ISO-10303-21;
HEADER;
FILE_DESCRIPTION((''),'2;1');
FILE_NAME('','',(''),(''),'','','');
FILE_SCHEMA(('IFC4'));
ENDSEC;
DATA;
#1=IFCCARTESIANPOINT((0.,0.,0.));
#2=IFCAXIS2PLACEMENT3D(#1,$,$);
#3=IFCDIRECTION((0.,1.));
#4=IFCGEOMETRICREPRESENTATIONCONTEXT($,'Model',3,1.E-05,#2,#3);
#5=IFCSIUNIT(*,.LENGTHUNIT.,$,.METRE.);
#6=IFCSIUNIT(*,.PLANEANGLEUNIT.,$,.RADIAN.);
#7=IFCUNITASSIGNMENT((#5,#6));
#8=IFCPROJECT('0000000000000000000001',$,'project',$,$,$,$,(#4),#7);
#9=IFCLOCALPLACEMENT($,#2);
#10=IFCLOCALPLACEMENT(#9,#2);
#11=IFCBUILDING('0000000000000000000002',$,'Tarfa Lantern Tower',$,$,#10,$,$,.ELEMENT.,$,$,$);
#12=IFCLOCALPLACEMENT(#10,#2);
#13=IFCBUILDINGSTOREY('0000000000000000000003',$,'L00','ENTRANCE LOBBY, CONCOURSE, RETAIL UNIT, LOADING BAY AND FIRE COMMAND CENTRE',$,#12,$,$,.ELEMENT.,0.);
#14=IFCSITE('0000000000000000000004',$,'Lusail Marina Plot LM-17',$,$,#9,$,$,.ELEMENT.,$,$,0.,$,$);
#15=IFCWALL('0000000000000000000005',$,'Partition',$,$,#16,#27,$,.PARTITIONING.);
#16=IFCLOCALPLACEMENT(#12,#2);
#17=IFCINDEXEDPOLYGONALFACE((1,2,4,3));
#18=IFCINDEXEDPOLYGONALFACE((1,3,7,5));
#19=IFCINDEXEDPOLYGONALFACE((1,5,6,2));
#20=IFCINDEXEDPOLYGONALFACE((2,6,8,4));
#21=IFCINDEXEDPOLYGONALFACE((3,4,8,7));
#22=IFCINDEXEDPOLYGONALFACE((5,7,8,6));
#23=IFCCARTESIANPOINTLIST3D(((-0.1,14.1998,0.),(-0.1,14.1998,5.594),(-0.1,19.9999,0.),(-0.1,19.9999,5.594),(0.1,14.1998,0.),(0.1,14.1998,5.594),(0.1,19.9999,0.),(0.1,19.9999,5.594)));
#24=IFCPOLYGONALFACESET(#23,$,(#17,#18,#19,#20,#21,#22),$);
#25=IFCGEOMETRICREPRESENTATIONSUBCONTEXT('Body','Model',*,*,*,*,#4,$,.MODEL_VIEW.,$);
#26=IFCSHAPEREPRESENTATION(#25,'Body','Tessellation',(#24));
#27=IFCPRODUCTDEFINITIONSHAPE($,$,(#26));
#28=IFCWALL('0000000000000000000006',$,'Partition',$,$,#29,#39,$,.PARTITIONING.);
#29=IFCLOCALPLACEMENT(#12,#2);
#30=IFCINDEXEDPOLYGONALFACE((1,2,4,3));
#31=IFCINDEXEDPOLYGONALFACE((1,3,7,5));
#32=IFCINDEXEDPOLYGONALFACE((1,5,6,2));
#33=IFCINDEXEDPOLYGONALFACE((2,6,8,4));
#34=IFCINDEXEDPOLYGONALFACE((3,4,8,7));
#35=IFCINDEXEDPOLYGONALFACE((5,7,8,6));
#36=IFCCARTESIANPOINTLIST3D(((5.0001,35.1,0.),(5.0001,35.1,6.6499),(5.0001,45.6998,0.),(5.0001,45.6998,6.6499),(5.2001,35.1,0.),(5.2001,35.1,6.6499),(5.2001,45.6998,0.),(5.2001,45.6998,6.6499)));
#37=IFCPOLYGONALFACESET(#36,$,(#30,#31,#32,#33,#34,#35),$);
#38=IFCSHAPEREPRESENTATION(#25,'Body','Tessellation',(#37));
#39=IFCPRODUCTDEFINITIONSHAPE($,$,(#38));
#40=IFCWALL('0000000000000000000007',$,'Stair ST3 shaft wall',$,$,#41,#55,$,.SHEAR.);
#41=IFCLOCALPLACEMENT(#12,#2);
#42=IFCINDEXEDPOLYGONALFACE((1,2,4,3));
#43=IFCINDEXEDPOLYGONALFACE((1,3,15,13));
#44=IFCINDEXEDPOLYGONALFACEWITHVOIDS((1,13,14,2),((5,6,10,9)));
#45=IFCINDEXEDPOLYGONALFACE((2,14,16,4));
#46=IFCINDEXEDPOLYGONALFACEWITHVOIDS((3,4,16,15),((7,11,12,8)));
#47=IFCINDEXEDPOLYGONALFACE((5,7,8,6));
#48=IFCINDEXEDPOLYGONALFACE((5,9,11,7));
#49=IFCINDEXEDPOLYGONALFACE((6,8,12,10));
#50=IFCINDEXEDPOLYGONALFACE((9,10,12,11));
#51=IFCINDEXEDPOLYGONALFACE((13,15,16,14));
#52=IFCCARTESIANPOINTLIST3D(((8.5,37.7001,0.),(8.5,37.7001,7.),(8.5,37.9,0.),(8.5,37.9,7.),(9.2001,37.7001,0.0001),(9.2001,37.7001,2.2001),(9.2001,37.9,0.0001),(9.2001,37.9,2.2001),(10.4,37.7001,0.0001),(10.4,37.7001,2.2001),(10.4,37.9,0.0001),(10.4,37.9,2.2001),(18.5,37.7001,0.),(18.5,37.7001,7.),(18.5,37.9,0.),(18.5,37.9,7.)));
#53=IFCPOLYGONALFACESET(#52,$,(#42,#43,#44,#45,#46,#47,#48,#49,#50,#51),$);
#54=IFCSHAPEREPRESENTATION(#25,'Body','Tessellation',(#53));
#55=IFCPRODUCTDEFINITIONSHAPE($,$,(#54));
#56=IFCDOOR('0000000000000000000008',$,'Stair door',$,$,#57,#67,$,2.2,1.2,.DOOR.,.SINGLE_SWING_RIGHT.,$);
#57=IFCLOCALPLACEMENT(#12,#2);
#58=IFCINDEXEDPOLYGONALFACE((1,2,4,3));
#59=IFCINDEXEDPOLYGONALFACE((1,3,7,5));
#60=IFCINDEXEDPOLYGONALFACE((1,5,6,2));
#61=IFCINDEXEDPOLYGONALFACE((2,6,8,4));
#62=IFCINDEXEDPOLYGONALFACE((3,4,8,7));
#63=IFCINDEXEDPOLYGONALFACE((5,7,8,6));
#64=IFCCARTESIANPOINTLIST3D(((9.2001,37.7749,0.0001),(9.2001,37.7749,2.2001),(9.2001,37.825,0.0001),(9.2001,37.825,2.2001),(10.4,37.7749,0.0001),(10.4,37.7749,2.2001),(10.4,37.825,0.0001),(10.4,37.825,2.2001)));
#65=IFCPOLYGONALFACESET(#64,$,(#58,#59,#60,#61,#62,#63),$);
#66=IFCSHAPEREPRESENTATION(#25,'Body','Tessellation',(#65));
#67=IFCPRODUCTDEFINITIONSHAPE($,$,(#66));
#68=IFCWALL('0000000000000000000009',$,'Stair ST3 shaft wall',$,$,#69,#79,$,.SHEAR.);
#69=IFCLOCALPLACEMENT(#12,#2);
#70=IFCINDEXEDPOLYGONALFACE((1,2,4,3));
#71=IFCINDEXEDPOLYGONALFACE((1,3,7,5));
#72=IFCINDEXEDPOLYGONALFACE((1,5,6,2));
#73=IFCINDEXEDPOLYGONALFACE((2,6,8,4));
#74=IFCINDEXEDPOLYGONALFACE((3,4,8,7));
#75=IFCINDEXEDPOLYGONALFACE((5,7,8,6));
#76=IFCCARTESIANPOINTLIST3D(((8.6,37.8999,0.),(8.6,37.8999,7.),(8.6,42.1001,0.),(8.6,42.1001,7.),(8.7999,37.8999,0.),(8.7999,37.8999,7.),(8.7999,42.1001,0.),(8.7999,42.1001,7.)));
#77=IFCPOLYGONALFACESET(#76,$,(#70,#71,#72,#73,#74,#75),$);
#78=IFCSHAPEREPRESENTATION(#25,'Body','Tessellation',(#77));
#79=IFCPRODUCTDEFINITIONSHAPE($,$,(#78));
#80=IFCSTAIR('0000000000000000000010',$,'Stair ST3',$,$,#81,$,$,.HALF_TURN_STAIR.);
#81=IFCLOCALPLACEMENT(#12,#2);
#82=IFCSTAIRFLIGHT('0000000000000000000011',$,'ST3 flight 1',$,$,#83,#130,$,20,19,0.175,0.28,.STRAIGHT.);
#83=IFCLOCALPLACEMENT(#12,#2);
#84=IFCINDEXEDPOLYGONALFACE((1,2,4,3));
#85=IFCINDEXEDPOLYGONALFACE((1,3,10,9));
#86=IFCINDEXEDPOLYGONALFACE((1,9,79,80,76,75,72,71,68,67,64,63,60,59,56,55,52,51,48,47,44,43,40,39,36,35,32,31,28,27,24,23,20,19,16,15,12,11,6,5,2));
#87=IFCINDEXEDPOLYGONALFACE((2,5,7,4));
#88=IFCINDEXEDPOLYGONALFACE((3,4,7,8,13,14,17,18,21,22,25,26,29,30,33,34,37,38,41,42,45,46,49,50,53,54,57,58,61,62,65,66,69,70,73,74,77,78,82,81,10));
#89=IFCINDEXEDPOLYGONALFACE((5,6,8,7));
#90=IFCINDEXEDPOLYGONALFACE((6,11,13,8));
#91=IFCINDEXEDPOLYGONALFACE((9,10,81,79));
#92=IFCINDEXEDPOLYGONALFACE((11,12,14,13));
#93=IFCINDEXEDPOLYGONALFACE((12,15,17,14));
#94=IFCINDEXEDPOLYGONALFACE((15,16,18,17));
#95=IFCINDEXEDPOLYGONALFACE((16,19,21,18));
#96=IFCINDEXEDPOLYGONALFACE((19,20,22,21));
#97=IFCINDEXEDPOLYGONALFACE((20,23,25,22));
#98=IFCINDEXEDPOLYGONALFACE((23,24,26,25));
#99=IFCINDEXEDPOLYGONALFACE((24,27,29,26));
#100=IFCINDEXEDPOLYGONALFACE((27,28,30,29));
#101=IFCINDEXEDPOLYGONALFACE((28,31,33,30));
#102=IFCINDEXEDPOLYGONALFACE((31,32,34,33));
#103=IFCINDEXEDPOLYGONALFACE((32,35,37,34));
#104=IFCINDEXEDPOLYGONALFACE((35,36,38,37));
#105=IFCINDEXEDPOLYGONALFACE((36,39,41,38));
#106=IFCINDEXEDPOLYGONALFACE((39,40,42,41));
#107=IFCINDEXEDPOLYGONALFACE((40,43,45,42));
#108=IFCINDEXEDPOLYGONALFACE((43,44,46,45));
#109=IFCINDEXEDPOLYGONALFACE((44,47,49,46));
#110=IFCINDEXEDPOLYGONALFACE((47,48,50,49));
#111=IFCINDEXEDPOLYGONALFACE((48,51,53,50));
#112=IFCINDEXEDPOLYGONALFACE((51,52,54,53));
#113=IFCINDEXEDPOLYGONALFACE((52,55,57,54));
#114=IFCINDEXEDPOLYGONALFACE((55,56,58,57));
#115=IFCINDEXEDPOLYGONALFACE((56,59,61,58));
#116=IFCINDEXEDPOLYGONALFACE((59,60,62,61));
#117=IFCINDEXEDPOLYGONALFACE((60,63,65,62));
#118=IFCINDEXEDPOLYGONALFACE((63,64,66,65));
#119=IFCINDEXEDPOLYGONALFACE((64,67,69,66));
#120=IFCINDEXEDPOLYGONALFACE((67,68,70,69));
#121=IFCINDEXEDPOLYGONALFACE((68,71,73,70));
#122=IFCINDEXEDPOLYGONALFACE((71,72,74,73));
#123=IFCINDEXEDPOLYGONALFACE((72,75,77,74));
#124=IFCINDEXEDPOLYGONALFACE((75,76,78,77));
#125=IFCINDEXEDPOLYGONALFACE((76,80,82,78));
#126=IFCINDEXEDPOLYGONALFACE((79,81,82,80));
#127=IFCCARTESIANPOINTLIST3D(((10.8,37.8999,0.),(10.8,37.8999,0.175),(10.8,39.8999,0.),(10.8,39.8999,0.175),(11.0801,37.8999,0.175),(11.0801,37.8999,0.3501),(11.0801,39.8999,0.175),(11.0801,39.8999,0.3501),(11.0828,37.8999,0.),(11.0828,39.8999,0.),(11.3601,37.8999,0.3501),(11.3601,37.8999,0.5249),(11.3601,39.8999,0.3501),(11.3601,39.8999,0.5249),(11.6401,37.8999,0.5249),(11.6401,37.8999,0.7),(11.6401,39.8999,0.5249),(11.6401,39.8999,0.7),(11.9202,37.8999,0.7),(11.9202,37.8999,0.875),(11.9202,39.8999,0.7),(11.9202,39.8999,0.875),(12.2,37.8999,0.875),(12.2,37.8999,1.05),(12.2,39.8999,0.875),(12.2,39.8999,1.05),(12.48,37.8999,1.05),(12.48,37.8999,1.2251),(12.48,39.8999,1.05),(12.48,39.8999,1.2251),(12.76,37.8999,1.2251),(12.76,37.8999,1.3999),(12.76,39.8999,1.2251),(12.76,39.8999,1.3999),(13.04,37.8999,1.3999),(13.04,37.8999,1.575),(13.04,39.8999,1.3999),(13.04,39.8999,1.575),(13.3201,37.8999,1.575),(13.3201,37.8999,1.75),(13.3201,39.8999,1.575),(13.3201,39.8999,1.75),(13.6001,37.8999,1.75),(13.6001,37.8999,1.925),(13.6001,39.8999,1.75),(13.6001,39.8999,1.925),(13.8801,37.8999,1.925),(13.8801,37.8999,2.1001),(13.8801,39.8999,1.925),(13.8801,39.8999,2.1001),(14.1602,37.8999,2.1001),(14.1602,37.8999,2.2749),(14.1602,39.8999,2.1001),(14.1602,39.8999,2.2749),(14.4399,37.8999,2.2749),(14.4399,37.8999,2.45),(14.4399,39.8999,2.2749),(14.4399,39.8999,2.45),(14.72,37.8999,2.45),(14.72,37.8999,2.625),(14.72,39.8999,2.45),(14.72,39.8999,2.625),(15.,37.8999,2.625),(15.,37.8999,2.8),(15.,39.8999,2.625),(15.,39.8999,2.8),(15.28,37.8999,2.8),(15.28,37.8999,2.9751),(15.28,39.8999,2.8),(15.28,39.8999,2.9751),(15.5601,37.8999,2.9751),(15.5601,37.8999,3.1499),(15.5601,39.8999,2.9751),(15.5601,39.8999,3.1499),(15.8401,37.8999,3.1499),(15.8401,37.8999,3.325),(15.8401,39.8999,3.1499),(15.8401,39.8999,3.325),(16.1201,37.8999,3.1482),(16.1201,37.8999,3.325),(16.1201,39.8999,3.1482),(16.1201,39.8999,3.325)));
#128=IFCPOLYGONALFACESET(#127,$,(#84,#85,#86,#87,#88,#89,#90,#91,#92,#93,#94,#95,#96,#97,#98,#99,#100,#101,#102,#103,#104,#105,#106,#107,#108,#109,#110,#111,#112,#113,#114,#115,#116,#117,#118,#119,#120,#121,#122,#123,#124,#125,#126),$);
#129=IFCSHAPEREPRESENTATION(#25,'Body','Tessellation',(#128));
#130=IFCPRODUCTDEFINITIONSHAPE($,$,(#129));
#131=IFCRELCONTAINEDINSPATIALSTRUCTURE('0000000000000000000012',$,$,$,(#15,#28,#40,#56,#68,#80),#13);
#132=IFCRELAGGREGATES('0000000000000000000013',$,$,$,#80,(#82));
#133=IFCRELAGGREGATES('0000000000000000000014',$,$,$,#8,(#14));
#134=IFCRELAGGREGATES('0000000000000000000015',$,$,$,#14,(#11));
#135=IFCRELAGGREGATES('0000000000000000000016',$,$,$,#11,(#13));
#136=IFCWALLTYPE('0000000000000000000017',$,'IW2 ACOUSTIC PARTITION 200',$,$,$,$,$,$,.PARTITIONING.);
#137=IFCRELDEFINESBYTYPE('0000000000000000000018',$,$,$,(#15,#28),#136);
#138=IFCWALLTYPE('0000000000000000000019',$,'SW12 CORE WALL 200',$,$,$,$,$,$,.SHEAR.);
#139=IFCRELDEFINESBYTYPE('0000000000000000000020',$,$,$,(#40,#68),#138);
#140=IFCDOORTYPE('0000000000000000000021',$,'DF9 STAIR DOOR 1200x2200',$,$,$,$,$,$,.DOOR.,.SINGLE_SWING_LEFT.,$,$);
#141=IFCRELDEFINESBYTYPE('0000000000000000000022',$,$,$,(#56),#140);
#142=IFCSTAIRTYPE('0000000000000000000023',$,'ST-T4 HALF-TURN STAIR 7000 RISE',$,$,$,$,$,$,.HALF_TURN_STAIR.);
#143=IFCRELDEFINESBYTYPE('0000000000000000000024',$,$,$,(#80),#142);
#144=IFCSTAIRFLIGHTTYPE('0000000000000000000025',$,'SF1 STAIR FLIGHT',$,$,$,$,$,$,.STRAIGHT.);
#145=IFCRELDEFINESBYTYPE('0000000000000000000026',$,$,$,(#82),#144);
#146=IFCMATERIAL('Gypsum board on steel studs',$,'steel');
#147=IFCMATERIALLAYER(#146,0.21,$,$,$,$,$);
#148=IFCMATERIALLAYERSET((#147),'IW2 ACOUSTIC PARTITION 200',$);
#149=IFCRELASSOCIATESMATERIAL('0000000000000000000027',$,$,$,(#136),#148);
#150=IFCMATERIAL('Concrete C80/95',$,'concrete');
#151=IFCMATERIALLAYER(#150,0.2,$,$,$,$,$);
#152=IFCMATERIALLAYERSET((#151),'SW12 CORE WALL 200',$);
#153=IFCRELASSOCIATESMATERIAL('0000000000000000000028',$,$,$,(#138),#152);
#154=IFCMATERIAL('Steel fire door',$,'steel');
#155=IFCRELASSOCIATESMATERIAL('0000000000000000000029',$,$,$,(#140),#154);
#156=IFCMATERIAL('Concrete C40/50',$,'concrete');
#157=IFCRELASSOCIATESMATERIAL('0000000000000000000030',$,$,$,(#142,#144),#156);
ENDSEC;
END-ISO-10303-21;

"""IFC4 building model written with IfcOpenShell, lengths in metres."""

from ifc_helpers import new_model, si_unit, direction, frame, frame_2d, origin, place, context, subcontext, project, spatial, polyline, rectangle, outline, extrude, material, layer, layer_set, type_object, element, fill, aggregate, save


model = new_model("IFC4")

# Units and contexts
model_context = context("Model", 3, precision=1e-05, world=origin(), true_north=direction((0.0, 1.0)))
body_context = subcontext(model_context, "Body", "Model", "MODEL_VIEW")
ifc_project = project(units=[si_unit("LENGTHUNIT", "METRE"), si_unit("PLANEANGLEUNIT", "RADIAN")], contexts=[model_context])

# Site, building, storey
site_placement = place(None, origin())
site = spatial("IfcSite", under=ifc_project, at=site_placement, Name="Lusail Marina Plot LM-17", CompositionType="ELEMENT", RefElevation=0.0)
building_placement = place(site_placement, origin())
building = spatial("IfcBuilding", under=site, at=building_placement, Name="Tarfa Lantern Tower", CompositionType="ELEMENT")
storey_placement = place(building_placement, origin())
storey = spatial("IfcBuildingStorey", under=building, at=storey_placement, Name="L00", Description="ENTRANCE LOBBY, CONCOURSE, RETAIL UNIT, LOADING BAY AND FIRE COMMAND CENTRE", CompositionType="ELEMENT", Elevation=0.0)

# Shared definitions
ifc_material_1 = material(Name="Concrete C80/95", Category="concrete")

# Walls
ifc_material_2 = material(Name="Gypsum board on steel studs", Category="steel")
ifc_layer_1 = layer(ifc_material_2, 0.21)
ifc_layer_set_1 = layer_set([ifc_layer_1], Name="IW2 ACOUSTIC PARTITION 200")
wall_type_1 = type_object("IfcWallType", Name="IW2 ACOUSTIC PARTITION 200", PredefinedType="PARTITIONING", material=ifc_layer_set_1)
wall_1_placement = place(storey_placement, frame((0.0, 14.2, 0.0), z_axis=(0.0, 0.0, 1.0), x_axis=(0.0, 1.0, 0.0)))
element("IfcWall", 1, at=wall_1_placement, inside=storey, type_object=wall_type_1, Name="Partition", PredefinedType="PARTITIONING", context=body_context, shape_type="SweptSolid", body=[
    extrude(rectangle(XDim=5.8, YDim=0.2, at=frame_2d((2.8999, 0.0))), origin(), (0.0, 0.0, 1.0), 5.594),
])
wall_2_placement = place(storey_placement, frame((5.1001, 35.1001, 0.0), z_axis=(0.0, 0.0, 1.0), x_axis=(0.0, 1.0, 0.0)))
element("IfcWall", 2, at=wall_2_placement, inside=storey, type_object=wall_type_1, Name="Partition", PredefinedType="PARTITIONING", context=body_context, shape_type="SweptSolid", body=[
    extrude(rectangle(XDim=10.5999, YDim=0.2, at=frame_2d((5.2998, 0.0))), origin(), (0.0, 0.0, 1.0), 6.6499),
])

# Wall, opening, door
ifc_layer_2 = layer(ifc_material_1, 0.2)
ifc_layer_set_2 = layer_set([ifc_layer_2], Name="SW12 CORE WALL 200")
wall_type_2 = type_object("IfcWallType", Name="SW12 CORE WALL 200", PredefinedType="SHEAR", material=ifc_layer_set_2)
wall_3_placement = place(storey_placement, frame((8.5, 37.8, 0.0), z_axis=(0.0, 0.0, 1.0), x_axis=(1.0, 0.0, 0.0)))
wall_3 = element("IfcWall", 3, at=wall_3_placement, inside=storey, type_object=wall_type_2, Name="Stair ST3 shaft wall", PredefinedType="SHEAR", context=body_context, shape_type="SweptSolid", body=[
    extrude(rectangle(XDim=10.0, YDim=0.2, at=frame_2d((5.0, 0.0))), origin(), (0.0, 0.0, 1.0), 7.0),
])
opening_placement = place(wall_3_placement, frame((0.7, 0.0, 0.0)))
opening = element("IfcOpeningElement", 4, at=opening_placement, cuts=wall_3, PredefinedType="OPENING", context=body_context, shape_type="SweptSolid", body=[
    extrude(rectangle(XDim=1.2, YDim=2.2, at=frame_2d((0.6001, 1.1001))), frame((0.0, 0.1099, 0.0), z_axis=(0.0, -1.0, 0.0), x_axis=(1.0, 0.0, 0.0)), (0.0, 0.0, 1.0), 0.22),
])
ifc_material_3 = material(Name="Steel fire door", Category="steel")
door_type = type_object("IfcDoorType", Name="DF9 STAIR DOOR 1200x2200", OperationType="SINGLE_SWING_LEFT", PredefinedType="DOOR", material=ifc_material_3)
door_placement = place(opening_placement, origin())
door = element("IfcDoor", 5, at=door_placement, inside=storey, type_object=door_type, Name="Stair door", OperationType="SINGLE_SWING_RIGHT", OverallHeight=2.2, OverallWidth=1.2, PredefinedType="DOOR", context=body_context, shape_type="SweptSolid", body=[
    extrude(rectangle(XDim=1.2, YDim=2.2, at=frame_2d((0.6001, 1.1001))), frame((0.0, 0.0249, 0.0), z_axis=(0.0, -1.0, 0.0), x_axis=(1.0, 0.0, 0.0)), (0.0, 0.0, 1.0), 0.05),
])
fill(opening, door)

# Wall
wall_4_placement = place(storey_placement, frame((8.7, 42.1001, 0.0), z_axis=(0.0, 0.0, 1.0), x_axis=(0.0, -1.0, 0.0)))
element("IfcWall", 6, at=wall_4_placement, inside=storey, type_object=wall_type_2, Name="Stair ST3 shaft wall", PredefinedType="SHEAR", context=body_context, shape_type="SweptSolid", body=[
    extrude(rectangle(XDim=4.2002, YDim=0.2, at=frame_2d((2.1001, 0.0))), origin(), (0.0, 0.0, 1.0), 7.0),
])

# Stair, stair flight
ifc_material_4 = material(Name="Concrete C40/50", Category="concrete")
stair_type = type_object("IfcStairType", Name="ST-T4 HALF-TURN STAIR 7000 RISE", PredefinedType="HALF_TURN_STAIR", material=ifc_material_4)
stair_placement = place(storey_placement, origin())
stair = element("IfcStair", 7, at=stair_placement, inside=storey, type_object=stair_type, Name="Stair ST3", PredefinedType="HALF_TURN_STAIR")
stair_flight_type = type_object("IfcStairFlightType", Name="SF1 STAIR FLIGHT", PredefinedType="STRAIGHT", material=ifc_material_4)
stair_flight_placement = place(storey_placement, frame((10.8, 38.8999, 0.0), z_axis=(0.0, 0.0, 1.0), x_axis=(1.0, 0.0, 0.0)))
stair_flight = element("IfcStairFlight", 8, at=stair_flight_placement, type_object=stair_flight_type, Name="ST3 flight 1", NumberOfRisers=20, NumberOfTreads=19, PredefinedType="STRAIGHT", RiserHeight=0.175, TreadLength=0.28, context=body_context, shape_type="SweptSolid", body=[
    extrude(outline(polyline([(0.0, 0.0), (0.0, 0.175), (0.28, 0.175), (0.28, 0.3501), (0.5601, 0.3501), (0.5601, 0.5249), (0.8401, 0.5249), (0.8401, 0.7), (1.1201, 0.7), (1.1201, 0.875), (1.3999, 0.875), (1.3999, 1.05), (1.6799, 1.05), (1.6799, 1.2251), (1.96, 1.2251), (1.96, 1.3999), (2.24, 1.3999), (2.24, 1.575), (2.52, 1.575), (2.52, 1.75), (2.8, 1.75), (2.8, 1.925), (3.0801, 1.925), (3.0801, 2.1001), (3.3601, 2.1001), (3.3601, 2.2749), (3.6399, 2.2749), (3.6399, 2.45), (3.9199, 2.45), (3.9199, 2.625), (4.2, 2.625), (4.2, 2.8), (4.48, 2.8), (4.48, 2.9751), (4.76, 2.9751), (4.76, 3.1499), (5.04, 3.1499), (5.04, 3.325), (5.3201, 3.325), (5.3201, 3.5), (5.3201, 3.1482), (0.2827, 0.0), (0.0, 0.0)])), frame((0.0, 1.0, 0.0), z_axis=(0.0, -1.0, 0.0), x_axis=(1.0, 0.0, 0.0)), (0.0, 0.0, 1.0), 2.0),
])
aggregate(stair, [stair_flight])

save(model, "model.ifc")
